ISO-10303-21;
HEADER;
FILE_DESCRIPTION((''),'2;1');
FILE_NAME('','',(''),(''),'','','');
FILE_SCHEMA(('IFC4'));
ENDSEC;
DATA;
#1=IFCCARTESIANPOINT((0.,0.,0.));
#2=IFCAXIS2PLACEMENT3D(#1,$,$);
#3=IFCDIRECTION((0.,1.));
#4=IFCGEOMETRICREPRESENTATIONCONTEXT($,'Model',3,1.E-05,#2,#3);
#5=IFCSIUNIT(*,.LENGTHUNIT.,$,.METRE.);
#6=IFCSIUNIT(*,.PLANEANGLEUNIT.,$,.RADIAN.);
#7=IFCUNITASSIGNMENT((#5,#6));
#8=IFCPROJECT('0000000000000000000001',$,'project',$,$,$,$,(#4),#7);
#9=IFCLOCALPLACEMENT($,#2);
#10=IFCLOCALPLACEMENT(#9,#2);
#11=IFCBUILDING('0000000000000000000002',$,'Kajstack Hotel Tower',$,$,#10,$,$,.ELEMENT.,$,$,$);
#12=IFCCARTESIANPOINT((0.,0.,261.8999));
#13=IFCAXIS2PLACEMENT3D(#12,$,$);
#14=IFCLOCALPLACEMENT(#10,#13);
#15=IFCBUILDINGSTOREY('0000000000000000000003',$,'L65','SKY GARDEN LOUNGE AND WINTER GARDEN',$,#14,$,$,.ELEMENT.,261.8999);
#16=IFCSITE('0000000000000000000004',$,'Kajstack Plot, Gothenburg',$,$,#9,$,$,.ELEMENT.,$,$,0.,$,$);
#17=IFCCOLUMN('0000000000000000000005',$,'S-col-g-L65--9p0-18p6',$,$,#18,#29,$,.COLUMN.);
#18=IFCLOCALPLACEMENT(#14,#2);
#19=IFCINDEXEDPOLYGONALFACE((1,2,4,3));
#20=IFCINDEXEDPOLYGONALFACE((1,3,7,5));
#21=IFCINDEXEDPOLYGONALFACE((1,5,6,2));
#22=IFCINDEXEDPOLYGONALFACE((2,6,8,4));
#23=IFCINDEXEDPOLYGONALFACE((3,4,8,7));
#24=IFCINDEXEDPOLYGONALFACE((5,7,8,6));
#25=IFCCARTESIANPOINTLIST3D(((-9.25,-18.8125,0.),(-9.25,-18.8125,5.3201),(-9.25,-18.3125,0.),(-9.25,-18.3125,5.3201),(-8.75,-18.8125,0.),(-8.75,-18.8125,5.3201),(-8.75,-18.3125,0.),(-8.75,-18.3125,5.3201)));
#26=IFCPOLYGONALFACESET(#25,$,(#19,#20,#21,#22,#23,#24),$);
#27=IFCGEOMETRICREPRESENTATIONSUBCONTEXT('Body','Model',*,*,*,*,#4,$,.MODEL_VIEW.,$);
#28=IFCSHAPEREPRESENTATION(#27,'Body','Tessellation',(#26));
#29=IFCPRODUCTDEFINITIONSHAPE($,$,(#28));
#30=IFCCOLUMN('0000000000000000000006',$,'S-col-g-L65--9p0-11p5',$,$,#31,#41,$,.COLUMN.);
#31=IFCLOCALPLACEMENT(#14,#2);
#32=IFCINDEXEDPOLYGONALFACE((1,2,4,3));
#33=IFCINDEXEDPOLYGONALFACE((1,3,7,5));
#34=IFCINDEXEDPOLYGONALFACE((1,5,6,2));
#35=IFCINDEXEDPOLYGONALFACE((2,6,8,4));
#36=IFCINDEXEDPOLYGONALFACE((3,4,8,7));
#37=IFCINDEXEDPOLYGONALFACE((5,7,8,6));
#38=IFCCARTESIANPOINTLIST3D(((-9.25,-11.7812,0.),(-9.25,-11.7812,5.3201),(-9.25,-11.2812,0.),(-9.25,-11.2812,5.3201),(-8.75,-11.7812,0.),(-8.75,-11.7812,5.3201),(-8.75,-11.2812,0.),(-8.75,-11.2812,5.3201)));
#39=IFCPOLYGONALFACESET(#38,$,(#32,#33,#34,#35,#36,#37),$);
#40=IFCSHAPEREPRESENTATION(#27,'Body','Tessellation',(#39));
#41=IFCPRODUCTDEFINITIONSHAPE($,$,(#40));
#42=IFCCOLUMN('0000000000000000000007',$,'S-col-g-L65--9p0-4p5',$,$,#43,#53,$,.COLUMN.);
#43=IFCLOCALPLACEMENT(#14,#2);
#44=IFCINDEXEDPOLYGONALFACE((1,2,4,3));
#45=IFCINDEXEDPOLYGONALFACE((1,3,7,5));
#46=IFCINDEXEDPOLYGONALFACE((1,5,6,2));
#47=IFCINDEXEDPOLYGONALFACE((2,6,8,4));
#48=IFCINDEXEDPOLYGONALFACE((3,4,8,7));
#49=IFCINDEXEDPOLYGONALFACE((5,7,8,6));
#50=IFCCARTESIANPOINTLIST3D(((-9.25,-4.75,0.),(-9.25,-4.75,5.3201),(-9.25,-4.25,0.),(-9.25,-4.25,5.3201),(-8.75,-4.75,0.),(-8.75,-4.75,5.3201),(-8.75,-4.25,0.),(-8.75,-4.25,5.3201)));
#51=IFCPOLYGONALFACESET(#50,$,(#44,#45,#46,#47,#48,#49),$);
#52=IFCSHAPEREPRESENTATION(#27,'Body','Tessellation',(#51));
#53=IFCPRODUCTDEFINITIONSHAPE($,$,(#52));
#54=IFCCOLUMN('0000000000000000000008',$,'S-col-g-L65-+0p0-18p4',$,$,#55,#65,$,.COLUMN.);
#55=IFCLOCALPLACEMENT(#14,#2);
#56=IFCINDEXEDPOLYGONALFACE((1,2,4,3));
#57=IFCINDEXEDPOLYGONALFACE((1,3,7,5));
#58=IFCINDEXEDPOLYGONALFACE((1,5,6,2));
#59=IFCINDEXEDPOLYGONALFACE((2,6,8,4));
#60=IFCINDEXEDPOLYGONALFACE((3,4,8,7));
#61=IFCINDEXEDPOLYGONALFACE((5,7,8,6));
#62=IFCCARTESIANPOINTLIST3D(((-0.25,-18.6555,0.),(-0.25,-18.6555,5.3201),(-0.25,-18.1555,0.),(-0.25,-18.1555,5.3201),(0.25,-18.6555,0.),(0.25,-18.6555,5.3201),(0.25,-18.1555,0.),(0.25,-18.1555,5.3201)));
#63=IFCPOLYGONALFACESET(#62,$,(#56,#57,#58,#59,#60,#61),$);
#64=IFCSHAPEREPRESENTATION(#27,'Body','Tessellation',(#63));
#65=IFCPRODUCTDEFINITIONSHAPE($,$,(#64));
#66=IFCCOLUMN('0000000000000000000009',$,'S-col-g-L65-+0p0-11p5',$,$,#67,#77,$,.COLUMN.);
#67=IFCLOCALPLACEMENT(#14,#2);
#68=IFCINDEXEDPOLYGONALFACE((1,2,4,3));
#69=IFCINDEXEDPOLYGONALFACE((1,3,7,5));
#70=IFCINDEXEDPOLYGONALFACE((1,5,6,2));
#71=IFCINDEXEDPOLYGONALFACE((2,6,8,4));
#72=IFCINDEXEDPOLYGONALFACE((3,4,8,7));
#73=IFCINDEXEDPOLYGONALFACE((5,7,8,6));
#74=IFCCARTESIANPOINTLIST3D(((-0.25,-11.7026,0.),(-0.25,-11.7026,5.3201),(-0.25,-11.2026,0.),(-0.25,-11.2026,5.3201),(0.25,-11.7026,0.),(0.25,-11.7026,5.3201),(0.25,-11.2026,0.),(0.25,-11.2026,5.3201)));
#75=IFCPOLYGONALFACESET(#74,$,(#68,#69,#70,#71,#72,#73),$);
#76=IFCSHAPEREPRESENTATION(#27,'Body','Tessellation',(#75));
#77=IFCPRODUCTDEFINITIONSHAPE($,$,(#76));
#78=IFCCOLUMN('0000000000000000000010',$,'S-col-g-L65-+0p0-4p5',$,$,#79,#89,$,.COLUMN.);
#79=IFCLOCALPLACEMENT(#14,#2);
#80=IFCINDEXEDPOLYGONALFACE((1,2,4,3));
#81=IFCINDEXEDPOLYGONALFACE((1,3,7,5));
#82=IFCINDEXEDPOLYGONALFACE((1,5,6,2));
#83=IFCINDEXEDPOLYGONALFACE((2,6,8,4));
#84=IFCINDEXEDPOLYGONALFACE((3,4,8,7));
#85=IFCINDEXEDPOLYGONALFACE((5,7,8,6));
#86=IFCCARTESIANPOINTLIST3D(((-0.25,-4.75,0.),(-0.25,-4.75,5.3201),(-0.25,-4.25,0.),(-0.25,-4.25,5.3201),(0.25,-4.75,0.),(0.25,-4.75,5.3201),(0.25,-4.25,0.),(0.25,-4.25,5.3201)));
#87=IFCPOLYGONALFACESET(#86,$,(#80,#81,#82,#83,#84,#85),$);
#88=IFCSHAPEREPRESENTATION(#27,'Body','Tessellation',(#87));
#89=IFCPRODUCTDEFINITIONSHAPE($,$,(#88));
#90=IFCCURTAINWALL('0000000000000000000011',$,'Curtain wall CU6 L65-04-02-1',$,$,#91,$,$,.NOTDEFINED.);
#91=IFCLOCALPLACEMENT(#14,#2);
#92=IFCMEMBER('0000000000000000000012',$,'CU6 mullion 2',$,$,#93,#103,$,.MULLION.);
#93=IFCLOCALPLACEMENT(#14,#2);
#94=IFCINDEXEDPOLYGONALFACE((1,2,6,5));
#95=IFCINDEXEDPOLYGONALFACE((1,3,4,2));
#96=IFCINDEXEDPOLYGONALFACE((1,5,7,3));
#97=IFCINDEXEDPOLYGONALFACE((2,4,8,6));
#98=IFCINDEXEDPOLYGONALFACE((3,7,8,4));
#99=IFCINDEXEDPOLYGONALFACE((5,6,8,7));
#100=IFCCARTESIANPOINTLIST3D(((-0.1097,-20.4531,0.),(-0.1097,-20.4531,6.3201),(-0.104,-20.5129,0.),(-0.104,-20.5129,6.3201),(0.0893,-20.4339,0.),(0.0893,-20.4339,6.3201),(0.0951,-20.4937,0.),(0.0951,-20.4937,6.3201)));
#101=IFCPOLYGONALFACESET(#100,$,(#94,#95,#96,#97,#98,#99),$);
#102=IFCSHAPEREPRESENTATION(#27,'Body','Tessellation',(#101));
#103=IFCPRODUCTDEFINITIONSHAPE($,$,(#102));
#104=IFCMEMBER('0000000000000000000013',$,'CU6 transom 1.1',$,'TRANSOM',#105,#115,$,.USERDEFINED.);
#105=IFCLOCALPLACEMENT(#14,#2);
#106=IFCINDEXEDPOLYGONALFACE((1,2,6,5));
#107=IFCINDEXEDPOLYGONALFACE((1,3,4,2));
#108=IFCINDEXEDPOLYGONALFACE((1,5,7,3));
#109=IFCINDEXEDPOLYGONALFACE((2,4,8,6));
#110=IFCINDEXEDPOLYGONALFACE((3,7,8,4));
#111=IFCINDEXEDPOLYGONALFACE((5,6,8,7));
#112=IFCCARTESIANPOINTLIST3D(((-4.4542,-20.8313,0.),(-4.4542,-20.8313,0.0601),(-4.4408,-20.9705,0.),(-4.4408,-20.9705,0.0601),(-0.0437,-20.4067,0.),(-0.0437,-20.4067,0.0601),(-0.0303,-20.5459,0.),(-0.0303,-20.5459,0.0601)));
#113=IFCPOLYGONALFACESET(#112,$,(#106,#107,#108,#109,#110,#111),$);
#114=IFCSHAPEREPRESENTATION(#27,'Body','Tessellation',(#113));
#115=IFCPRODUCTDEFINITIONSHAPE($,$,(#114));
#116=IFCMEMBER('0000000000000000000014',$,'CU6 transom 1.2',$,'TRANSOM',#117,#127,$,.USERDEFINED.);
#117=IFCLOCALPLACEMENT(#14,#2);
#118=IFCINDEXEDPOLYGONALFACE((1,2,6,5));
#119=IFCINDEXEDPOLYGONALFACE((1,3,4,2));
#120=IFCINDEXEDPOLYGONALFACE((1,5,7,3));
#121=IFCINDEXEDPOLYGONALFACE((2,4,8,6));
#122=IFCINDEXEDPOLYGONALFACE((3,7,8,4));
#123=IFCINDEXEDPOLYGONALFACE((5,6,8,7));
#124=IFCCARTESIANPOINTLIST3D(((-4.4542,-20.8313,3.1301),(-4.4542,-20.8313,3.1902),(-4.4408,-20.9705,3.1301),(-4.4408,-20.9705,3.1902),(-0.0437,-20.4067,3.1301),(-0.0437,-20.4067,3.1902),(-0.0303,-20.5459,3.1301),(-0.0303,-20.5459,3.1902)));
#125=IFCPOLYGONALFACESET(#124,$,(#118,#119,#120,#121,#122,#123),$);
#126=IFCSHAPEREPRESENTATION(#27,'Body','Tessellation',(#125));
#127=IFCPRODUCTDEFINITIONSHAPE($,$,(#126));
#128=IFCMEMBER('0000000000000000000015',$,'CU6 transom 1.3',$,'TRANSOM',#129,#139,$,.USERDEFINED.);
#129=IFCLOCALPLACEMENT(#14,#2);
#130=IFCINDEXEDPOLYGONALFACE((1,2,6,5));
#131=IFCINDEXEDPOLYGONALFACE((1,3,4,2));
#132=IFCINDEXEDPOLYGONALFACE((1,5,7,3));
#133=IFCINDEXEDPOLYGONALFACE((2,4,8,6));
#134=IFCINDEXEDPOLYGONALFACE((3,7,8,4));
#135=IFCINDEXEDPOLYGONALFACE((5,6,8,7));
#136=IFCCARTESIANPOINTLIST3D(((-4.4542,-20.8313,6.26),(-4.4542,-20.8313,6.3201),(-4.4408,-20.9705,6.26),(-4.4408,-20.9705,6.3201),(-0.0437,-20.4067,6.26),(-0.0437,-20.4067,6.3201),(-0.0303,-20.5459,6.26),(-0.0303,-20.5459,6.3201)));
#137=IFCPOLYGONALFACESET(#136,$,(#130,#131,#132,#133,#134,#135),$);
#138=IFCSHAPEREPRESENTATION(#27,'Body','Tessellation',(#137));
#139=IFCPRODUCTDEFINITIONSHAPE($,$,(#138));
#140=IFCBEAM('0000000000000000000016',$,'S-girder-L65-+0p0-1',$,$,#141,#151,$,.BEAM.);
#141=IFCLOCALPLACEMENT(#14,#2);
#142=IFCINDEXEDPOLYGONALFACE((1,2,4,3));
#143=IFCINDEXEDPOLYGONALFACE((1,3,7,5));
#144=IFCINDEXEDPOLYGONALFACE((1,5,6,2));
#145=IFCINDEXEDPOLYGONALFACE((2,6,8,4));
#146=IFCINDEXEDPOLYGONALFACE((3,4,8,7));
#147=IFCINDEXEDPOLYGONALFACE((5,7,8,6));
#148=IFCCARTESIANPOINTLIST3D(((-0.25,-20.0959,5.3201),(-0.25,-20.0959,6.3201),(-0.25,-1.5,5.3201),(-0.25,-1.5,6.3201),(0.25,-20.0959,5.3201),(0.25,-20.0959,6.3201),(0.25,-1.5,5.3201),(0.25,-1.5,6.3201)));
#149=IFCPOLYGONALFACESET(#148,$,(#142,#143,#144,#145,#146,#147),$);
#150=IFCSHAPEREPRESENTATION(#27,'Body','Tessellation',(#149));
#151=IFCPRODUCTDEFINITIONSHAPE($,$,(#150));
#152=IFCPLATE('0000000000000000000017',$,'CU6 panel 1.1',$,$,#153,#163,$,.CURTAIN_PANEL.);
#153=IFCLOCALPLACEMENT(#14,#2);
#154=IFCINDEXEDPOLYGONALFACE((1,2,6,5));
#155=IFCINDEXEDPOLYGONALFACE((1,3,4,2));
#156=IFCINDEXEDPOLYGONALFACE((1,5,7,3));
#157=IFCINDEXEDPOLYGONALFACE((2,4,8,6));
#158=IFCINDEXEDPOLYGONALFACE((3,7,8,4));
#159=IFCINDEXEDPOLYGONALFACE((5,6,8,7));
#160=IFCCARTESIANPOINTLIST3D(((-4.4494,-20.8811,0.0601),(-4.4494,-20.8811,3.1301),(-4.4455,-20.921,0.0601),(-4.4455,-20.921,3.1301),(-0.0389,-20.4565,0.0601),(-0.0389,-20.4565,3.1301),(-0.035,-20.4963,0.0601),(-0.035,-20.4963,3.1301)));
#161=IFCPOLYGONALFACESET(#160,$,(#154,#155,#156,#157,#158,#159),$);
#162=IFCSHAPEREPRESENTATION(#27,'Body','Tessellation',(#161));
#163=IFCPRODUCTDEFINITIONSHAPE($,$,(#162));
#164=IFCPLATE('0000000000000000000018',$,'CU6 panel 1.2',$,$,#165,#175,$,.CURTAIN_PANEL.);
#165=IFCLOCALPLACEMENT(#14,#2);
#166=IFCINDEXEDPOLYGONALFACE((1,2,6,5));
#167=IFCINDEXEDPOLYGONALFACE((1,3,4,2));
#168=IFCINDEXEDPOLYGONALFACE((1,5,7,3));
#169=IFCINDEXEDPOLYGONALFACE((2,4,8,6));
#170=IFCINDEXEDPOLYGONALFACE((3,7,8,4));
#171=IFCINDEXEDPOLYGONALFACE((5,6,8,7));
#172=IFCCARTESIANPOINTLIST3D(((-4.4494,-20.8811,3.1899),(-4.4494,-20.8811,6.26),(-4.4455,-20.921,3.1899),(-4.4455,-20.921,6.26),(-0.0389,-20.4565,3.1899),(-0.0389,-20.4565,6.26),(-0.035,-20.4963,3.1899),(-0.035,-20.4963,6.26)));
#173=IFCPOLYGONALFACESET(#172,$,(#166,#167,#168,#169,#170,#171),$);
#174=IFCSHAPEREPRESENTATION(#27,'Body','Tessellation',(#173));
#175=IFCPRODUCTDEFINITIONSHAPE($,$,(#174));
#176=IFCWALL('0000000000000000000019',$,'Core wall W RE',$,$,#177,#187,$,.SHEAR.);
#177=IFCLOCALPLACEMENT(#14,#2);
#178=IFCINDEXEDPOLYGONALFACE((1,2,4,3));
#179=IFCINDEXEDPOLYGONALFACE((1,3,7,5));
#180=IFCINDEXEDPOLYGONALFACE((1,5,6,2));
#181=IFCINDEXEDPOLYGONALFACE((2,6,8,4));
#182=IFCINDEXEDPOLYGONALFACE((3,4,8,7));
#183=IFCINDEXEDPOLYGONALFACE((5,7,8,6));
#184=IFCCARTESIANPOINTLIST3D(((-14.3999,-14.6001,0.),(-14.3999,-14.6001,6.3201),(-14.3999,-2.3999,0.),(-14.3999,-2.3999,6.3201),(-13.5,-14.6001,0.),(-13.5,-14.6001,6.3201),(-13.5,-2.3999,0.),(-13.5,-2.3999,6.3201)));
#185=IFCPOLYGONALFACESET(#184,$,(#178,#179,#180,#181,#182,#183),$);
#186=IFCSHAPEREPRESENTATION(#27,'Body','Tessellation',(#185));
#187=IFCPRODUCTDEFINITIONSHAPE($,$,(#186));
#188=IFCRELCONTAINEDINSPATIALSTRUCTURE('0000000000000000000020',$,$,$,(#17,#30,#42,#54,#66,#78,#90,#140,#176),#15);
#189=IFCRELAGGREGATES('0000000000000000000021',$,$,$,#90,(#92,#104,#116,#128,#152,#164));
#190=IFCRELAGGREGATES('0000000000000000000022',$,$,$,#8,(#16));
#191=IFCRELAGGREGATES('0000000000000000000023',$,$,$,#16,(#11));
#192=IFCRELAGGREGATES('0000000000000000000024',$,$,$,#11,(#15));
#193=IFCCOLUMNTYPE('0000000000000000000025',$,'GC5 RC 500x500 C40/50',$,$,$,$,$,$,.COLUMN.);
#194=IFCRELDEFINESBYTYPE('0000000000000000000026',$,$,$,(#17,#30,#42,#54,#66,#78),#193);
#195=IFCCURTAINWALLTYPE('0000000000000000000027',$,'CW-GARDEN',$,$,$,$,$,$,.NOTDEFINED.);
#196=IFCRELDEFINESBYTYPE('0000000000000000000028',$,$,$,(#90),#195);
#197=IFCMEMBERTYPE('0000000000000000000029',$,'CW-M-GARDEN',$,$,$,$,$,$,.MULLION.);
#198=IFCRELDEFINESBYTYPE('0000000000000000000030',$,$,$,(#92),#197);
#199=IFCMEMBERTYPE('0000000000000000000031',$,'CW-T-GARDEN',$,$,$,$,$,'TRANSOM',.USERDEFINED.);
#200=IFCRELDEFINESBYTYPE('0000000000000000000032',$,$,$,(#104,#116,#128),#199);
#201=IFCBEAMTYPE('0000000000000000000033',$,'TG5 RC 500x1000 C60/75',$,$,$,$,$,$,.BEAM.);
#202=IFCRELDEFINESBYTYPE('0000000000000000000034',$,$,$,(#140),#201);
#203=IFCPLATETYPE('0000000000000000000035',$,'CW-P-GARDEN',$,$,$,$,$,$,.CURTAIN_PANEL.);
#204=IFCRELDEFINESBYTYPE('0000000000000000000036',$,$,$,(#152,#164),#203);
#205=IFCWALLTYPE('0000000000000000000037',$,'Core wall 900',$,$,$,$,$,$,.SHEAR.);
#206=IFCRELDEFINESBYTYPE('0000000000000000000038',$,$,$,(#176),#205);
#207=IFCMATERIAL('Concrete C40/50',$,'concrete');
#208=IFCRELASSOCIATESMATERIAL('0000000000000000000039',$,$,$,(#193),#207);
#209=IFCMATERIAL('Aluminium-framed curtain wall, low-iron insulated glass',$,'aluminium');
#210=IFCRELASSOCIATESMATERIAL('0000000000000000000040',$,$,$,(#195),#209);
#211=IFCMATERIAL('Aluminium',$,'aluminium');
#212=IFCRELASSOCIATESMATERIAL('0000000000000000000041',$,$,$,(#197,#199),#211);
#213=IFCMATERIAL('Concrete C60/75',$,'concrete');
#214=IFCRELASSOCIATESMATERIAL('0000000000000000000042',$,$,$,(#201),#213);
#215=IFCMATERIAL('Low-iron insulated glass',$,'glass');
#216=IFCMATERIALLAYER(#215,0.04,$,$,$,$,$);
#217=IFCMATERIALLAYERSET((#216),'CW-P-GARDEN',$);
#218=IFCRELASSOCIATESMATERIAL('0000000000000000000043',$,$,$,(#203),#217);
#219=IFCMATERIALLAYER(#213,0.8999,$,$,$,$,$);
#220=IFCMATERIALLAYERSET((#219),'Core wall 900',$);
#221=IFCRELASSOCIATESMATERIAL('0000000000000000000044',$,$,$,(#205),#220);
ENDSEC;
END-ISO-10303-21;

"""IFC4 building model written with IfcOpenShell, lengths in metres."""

from ifc_helpers import new_model, si_unit, direction, frame, frame_2d, origin, origin_2d, place, context, subcontext, project, spatial, rectangle, extrude, material, layer, layer_set, material_profile, profile_set, type_object, element, aggregate, save


model = new_model("IFC4")

# Units and contexts
model_context = context("Model", 3, precision=1e-05, world=origin(), true_north=direction((0.0, 1.0)))
body_context = subcontext(model_context, "Body", "Model", "MODEL_VIEW")
ifc_project = project(units=[si_unit("LENGTHUNIT", "METRE"), si_unit("PLANEANGLEUNIT", "RADIAN")], contexts=[model_context])

# Site, building, storey
site_placement = place(None, origin())
site = spatial("IfcSite", under=ifc_project, at=site_placement, Name="Kajstack Plot, Gothenburg", CompositionType="ELEMENT", RefElevation=0.0)
building_placement = place(site_placement, origin())
building = spatial("IfcBuilding", under=site, at=building_placement, Name="Kajstack Hotel Tower", CompositionType="ELEMENT")
storey_placement = place(building_placement, frame((0.0, 0.0, 261.8999)))
storey = spatial("IfcBuildingStorey", under=building, at=storey_placement, Name="L65", Description="SKY GARDEN LOUNGE AND WINTER GARDEN", CompositionType="ELEMENT", Elevation=261.8999)

# Columns
ifc_material_1 = material(Name="Concrete C40/50", Category="concrete")
ifc_material_profile_1 = material_profile(ifc_material_1, rectangle(XDim=0.5, YDim=0.5, at=origin_2d()), Name="RC 500x500")
ifc_profile_set_1 = profile_set([ifc_material_profile_1], Name="Concrete C40/50")
column_type = type_object("IfcColumnType", Name="GC5 RC 500x500 C40/50", PredefinedType="COLUMN", material=ifc_profile_set_1)
for number, where, z_axis, x_axis, name in (
    (1, (-9.0, -18.5625, 0.0), (0.0, 0.0, 1.0), (1.0, 0.0, 0.0), "S-col-g-L65--9p0-18p6"),
    (2, (-9.0, -11.5312, 0.0), (0.0, 0.0, 1.0), (1.0, 0.0, 0.0), "S-col-g-L65--9p0-11p5"),
    (3, (-9.0, -4.5, 0.0), (0.0, 0.0, 1.0), (1.0, 0.0, 0.0), "S-col-g-L65--9p0-4p5"),
    (4, (0.0, -18.4055, 0.0), (0.0, 0.0, 1.0), (1.0, 0.0, 0.0), "S-col-g-L65-+0p0-18p4"),
    (5, (0.0, -11.4526, 0.0), (0.0, 0.0, 1.0), (1.0, 0.0, 0.0), "S-col-g-L65-+0p0-11p5"),
    (6, (0.0, -4.5, 0.0), (0.0, 0.0, 1.0), (1.0, 0.0, 0.0), "S-col-g-L65-+0p0-4p5"),
):
    element("IfcColumn", number, at=place(storey_placement, frame(where, z_axis=z_axis, x_axis=x_axis)), inside=storey, type_object=column_type, Name=name, PredefinedType="COLUMN", context=body_context, shape_type="SweptSolid", body=[
        extrude(rectangle(XDim=0.5, YDim=0.5, at=origin_2d()), origin(), (0.0, 0.0, 1.0), 5.3201),
    ])

# Curtain wall, members
ifc_material_2 = material(Name="Aluminium-framed curtain wall, low-iron insulated glass", Category="aluminium")
curtain_wall_type = type_object("IfcCurtainWallType", Name="CW-GARDEN", PredefinedType="NOTDEFINED", material=ifc_material_2)
curtain_wall_placement = place(storey_placement, origin())
curtain_wall = element("IfcCurtainWall", 7, at=curtain_wall_placement, inside=storey, type_object=curtain_wall_type, Name="Curtain wall CU6 L65-04-02-1", PredefinedType="NOTDEFINED")
ifc_material_3 = material(Name="Aluminium", Category="aluminium")
ifc_material_profile_2 = material_profile(ifc_material_3, rectangle(XDim=0.0601, YDim=0.2, at=origin_2d()), Name="Aluminium mullion 60 x 200")
ifc_profile_set_2 = profile_set([ifc_material_profile_2], Name="Aluminium")
member_type_1 = type_object("IfcMemberType", Name="CW-M-GARDEN", PredefinedType="MULLION", material=ifc_profile_set_2)
member_1_placement = place(storey_placement, frame((-0.0073, -20.4734, 0.0), z_axis=(0.0, 0.0, 1.0), x_axis=(-0.095846, 0.995396, 0.0)))
member_1 = element("IfcMember", 8, at=member_1_placement, type_object=member_type_1, Name="CU6 mullion 2", PredefinedType="MULLION", context=body_context, shape_type="SweptSolid", body=[
    extrude(rectangle(XDim=0.0601, YDim=0.2, at=origin_2d()), origin(), (0.0, 0.0, 1.0), 6.3201),
])
ifc_material_profile_3 = material_profile(ifc_material_3, rectangle(XDim=0.1399, YDim=0.0601, at=origin_2d()), Name="Aluminium transom 140 x 60")
ifc_profile_set_3 = profile_set([ifc_material_profile_3], Name="Aluminium")
member_type_2 = type_object("IfcMemberType", Name="CW-T-GARDEN", ElementType="TRANSOM", PredefinedType="USERDEFINED", material=ifc_profile_set_3)
member_2_placement = place(storey_placement, frame((-4.4475, -20.9009, 0.03), z_axis=(0.995399, 0.095821, 0.0), x_axis=(-0.095821, 0.995399, 0.0)))
member_2 = element("IfcMember", 9, at=member_2_placement, type_object=member_type_2, Name="CU6 transom 1.1", ObjectType="TRANSOM", PredefinedType="USERDEFINED", context=body_context, shape_type="SweptSolid", body=[
    extrude(rectangle(XDim=0.1399, YDim=0.0601, at=origin_2d()), origin(), (0.0, 0.0, 1.0), 4.4309),
])
member_3_placement = place(storey_placement, frame((-4.4475, -20.9009, 3.1602), z_axis=(0.995399, 0.095821, 0.0), x_axis=(-0.095821, 0.995399, 0.0)))
member_3 = element("IfcMember", 10, at=member_3_placement, type_object=member_type_2, Name="CU6 transom 1.2", ObjectType="TRANSOM", PredefinedType="USERDEFINED", context=body_context, shape_type="SweptSolid", body=[
    extrude(rectangle(XDim=0.1399, YDim=0.0601, at=origin_2d()), origin(), (0.0, 0.0, 1.0), 4.4309),
])
member_4_placement = place(storey_placement, frame((-4.4475, -20.9009, 6.29), z_axis=(0.995399, 0.095821, 0.0), x_axis=(-0.095821, 0.995399, 0.0)))
member_4 = element("IfcMember", 11, at=member_4_placement, type_object=member_type_2, Name="CU6 transom 1.3", ObjectType="TRANSOM", PredefinedType="USERDEFINED", context=body_context, shape_type="SweptSolid", body=[
    extrude(rectangle(XDim=0.1399, YDim=0.0601, at=origin_2d()), origin(), (0.0, 0.0, 1.0), 4.4309),
])

# Beam
ifc_material_4 = material(Name="Concrete C60/75", Category="concrete")
ifc_material_profile_4 = material_profile(ifc_material_4, rectangle(XDim=0.5, YDim=1.0, at=origin_2d()), Name="RC 500x1000")
ifc_profile_set_4 = profile_set([ifc_material_profile_4], Name="Concrete C60/75")
beam_type = type_object("IfcBeamType", Name="TG5 RC 500x1000 C60/75", PredefinedType="BEAM", material=ifc_profile_set_4)
beam_placement = place(storey_placement, frame((0.0, -20.0959, 5.8201), z_axis=(0.0, 1.0, 0.0), x_axis=(-1.0, 0.0, 0.0)))
element("IfcBeam", 12, at=beam_placement, inside=storey, type_object=beam_type, Name="S-girder-L65-+0p0-1", PredefinedType="BEAM", context=body_context, shape_type="SweptSolid", body=[
    extrude(rectangle(XDim=0.5, YDim=1.0, at=origin_2d()), origin(), (0.0, 0.0, 1.0), 18.5959),
])

# Plates
ifc_material_5 = material(Name="Low-iron insulated glass", Category="glass")
ifc_layer_1 = layer(ifc_material_5, 0.04)
ifc_layer_set_1 = layer_set([ifc_layer_1], Name="CW-P-GARDEN")
plate_type = type_object("IfcPlateType", Name="CW-P-GARDEN", PredefinedType="CURTAIN_PANEL", material=ifc_layer_set_1)
plate_1_placement = place(storey_placement, frame((-2.2422, -20.6887, 0.0601), z_axis=(0.0, 0.0, 1.0), x_axis=(0.995396, 0.095846, 0.0)))
plate_1 = element("IfcPlate", 13, at=plate_1_placement, type_object=plate_type, Name="CU6 panel 1.1", PredefinedType="CURTAIN_PANEL", context=body_context, shape_type="SweptSolid", body=[
    extrude(rectangle(XDim=4.4309, YDim=0.04, at=origin_2d()), origin(), (0.0, 0.0, 1.0), 3.0701),
])
plate_2_placement = place(storey_placement, frame((-2.2422, -20.6887, 3.1899), z_axis=(0.0, 0.0, 1.0), x_axis=(0.995396, 0.095846, 0.0)))
plate_2 = element("IfcPlate", 14, at=plate_2_placement, type_object=plate_type, Name="CU6 panel 1.2", PredefinedType="CURTAIN_PANEL", context=body_context, shape_type="SweptSolid", body=[
    extrude(rectangle(XDim=4.4309, YDim=0.04, at=origin_2d()), origin(), (0.0, 0.0, 1.0), 3.0701),
])
aggregate(curtain_wall, [member_1, member_2, member_3, member_4, plate_1, plate_2])

# Wall
ifc_layer_2 = layer(ifc_material_4, 0.8999)
ifc_layer_set_2 = layer_set([ifc_layer_2], Name="Core wall 900")
wall_type_1 = type_object("IfcWallType", Name="Core wall 900", PredefinedType="SHEAR", material=ifc_layer_set_2)
wall_1_placement = place(storey_placement, frame((-13.95, -14.6001, 0.0), z_axis=(0.0, 0.0, 1.0), x_axis=(0.0, 1.0, 0.0)))
element("IfcWall", 15, at=wall_1_placement, inside=storey, type_object=wall_type_1, Name="Core wall W RE", PredefinedType="SHEAR", context=body_context, shape_type="SweptSolid", body=[
    extrude(rectangle(XDim=12.2002, YDim=0.8999, at=frame_2d((6.1001, 0.0))), origin(), (0.0, 0.0, 1.0), 6.3201),
])

save(model, "model.ifc")
